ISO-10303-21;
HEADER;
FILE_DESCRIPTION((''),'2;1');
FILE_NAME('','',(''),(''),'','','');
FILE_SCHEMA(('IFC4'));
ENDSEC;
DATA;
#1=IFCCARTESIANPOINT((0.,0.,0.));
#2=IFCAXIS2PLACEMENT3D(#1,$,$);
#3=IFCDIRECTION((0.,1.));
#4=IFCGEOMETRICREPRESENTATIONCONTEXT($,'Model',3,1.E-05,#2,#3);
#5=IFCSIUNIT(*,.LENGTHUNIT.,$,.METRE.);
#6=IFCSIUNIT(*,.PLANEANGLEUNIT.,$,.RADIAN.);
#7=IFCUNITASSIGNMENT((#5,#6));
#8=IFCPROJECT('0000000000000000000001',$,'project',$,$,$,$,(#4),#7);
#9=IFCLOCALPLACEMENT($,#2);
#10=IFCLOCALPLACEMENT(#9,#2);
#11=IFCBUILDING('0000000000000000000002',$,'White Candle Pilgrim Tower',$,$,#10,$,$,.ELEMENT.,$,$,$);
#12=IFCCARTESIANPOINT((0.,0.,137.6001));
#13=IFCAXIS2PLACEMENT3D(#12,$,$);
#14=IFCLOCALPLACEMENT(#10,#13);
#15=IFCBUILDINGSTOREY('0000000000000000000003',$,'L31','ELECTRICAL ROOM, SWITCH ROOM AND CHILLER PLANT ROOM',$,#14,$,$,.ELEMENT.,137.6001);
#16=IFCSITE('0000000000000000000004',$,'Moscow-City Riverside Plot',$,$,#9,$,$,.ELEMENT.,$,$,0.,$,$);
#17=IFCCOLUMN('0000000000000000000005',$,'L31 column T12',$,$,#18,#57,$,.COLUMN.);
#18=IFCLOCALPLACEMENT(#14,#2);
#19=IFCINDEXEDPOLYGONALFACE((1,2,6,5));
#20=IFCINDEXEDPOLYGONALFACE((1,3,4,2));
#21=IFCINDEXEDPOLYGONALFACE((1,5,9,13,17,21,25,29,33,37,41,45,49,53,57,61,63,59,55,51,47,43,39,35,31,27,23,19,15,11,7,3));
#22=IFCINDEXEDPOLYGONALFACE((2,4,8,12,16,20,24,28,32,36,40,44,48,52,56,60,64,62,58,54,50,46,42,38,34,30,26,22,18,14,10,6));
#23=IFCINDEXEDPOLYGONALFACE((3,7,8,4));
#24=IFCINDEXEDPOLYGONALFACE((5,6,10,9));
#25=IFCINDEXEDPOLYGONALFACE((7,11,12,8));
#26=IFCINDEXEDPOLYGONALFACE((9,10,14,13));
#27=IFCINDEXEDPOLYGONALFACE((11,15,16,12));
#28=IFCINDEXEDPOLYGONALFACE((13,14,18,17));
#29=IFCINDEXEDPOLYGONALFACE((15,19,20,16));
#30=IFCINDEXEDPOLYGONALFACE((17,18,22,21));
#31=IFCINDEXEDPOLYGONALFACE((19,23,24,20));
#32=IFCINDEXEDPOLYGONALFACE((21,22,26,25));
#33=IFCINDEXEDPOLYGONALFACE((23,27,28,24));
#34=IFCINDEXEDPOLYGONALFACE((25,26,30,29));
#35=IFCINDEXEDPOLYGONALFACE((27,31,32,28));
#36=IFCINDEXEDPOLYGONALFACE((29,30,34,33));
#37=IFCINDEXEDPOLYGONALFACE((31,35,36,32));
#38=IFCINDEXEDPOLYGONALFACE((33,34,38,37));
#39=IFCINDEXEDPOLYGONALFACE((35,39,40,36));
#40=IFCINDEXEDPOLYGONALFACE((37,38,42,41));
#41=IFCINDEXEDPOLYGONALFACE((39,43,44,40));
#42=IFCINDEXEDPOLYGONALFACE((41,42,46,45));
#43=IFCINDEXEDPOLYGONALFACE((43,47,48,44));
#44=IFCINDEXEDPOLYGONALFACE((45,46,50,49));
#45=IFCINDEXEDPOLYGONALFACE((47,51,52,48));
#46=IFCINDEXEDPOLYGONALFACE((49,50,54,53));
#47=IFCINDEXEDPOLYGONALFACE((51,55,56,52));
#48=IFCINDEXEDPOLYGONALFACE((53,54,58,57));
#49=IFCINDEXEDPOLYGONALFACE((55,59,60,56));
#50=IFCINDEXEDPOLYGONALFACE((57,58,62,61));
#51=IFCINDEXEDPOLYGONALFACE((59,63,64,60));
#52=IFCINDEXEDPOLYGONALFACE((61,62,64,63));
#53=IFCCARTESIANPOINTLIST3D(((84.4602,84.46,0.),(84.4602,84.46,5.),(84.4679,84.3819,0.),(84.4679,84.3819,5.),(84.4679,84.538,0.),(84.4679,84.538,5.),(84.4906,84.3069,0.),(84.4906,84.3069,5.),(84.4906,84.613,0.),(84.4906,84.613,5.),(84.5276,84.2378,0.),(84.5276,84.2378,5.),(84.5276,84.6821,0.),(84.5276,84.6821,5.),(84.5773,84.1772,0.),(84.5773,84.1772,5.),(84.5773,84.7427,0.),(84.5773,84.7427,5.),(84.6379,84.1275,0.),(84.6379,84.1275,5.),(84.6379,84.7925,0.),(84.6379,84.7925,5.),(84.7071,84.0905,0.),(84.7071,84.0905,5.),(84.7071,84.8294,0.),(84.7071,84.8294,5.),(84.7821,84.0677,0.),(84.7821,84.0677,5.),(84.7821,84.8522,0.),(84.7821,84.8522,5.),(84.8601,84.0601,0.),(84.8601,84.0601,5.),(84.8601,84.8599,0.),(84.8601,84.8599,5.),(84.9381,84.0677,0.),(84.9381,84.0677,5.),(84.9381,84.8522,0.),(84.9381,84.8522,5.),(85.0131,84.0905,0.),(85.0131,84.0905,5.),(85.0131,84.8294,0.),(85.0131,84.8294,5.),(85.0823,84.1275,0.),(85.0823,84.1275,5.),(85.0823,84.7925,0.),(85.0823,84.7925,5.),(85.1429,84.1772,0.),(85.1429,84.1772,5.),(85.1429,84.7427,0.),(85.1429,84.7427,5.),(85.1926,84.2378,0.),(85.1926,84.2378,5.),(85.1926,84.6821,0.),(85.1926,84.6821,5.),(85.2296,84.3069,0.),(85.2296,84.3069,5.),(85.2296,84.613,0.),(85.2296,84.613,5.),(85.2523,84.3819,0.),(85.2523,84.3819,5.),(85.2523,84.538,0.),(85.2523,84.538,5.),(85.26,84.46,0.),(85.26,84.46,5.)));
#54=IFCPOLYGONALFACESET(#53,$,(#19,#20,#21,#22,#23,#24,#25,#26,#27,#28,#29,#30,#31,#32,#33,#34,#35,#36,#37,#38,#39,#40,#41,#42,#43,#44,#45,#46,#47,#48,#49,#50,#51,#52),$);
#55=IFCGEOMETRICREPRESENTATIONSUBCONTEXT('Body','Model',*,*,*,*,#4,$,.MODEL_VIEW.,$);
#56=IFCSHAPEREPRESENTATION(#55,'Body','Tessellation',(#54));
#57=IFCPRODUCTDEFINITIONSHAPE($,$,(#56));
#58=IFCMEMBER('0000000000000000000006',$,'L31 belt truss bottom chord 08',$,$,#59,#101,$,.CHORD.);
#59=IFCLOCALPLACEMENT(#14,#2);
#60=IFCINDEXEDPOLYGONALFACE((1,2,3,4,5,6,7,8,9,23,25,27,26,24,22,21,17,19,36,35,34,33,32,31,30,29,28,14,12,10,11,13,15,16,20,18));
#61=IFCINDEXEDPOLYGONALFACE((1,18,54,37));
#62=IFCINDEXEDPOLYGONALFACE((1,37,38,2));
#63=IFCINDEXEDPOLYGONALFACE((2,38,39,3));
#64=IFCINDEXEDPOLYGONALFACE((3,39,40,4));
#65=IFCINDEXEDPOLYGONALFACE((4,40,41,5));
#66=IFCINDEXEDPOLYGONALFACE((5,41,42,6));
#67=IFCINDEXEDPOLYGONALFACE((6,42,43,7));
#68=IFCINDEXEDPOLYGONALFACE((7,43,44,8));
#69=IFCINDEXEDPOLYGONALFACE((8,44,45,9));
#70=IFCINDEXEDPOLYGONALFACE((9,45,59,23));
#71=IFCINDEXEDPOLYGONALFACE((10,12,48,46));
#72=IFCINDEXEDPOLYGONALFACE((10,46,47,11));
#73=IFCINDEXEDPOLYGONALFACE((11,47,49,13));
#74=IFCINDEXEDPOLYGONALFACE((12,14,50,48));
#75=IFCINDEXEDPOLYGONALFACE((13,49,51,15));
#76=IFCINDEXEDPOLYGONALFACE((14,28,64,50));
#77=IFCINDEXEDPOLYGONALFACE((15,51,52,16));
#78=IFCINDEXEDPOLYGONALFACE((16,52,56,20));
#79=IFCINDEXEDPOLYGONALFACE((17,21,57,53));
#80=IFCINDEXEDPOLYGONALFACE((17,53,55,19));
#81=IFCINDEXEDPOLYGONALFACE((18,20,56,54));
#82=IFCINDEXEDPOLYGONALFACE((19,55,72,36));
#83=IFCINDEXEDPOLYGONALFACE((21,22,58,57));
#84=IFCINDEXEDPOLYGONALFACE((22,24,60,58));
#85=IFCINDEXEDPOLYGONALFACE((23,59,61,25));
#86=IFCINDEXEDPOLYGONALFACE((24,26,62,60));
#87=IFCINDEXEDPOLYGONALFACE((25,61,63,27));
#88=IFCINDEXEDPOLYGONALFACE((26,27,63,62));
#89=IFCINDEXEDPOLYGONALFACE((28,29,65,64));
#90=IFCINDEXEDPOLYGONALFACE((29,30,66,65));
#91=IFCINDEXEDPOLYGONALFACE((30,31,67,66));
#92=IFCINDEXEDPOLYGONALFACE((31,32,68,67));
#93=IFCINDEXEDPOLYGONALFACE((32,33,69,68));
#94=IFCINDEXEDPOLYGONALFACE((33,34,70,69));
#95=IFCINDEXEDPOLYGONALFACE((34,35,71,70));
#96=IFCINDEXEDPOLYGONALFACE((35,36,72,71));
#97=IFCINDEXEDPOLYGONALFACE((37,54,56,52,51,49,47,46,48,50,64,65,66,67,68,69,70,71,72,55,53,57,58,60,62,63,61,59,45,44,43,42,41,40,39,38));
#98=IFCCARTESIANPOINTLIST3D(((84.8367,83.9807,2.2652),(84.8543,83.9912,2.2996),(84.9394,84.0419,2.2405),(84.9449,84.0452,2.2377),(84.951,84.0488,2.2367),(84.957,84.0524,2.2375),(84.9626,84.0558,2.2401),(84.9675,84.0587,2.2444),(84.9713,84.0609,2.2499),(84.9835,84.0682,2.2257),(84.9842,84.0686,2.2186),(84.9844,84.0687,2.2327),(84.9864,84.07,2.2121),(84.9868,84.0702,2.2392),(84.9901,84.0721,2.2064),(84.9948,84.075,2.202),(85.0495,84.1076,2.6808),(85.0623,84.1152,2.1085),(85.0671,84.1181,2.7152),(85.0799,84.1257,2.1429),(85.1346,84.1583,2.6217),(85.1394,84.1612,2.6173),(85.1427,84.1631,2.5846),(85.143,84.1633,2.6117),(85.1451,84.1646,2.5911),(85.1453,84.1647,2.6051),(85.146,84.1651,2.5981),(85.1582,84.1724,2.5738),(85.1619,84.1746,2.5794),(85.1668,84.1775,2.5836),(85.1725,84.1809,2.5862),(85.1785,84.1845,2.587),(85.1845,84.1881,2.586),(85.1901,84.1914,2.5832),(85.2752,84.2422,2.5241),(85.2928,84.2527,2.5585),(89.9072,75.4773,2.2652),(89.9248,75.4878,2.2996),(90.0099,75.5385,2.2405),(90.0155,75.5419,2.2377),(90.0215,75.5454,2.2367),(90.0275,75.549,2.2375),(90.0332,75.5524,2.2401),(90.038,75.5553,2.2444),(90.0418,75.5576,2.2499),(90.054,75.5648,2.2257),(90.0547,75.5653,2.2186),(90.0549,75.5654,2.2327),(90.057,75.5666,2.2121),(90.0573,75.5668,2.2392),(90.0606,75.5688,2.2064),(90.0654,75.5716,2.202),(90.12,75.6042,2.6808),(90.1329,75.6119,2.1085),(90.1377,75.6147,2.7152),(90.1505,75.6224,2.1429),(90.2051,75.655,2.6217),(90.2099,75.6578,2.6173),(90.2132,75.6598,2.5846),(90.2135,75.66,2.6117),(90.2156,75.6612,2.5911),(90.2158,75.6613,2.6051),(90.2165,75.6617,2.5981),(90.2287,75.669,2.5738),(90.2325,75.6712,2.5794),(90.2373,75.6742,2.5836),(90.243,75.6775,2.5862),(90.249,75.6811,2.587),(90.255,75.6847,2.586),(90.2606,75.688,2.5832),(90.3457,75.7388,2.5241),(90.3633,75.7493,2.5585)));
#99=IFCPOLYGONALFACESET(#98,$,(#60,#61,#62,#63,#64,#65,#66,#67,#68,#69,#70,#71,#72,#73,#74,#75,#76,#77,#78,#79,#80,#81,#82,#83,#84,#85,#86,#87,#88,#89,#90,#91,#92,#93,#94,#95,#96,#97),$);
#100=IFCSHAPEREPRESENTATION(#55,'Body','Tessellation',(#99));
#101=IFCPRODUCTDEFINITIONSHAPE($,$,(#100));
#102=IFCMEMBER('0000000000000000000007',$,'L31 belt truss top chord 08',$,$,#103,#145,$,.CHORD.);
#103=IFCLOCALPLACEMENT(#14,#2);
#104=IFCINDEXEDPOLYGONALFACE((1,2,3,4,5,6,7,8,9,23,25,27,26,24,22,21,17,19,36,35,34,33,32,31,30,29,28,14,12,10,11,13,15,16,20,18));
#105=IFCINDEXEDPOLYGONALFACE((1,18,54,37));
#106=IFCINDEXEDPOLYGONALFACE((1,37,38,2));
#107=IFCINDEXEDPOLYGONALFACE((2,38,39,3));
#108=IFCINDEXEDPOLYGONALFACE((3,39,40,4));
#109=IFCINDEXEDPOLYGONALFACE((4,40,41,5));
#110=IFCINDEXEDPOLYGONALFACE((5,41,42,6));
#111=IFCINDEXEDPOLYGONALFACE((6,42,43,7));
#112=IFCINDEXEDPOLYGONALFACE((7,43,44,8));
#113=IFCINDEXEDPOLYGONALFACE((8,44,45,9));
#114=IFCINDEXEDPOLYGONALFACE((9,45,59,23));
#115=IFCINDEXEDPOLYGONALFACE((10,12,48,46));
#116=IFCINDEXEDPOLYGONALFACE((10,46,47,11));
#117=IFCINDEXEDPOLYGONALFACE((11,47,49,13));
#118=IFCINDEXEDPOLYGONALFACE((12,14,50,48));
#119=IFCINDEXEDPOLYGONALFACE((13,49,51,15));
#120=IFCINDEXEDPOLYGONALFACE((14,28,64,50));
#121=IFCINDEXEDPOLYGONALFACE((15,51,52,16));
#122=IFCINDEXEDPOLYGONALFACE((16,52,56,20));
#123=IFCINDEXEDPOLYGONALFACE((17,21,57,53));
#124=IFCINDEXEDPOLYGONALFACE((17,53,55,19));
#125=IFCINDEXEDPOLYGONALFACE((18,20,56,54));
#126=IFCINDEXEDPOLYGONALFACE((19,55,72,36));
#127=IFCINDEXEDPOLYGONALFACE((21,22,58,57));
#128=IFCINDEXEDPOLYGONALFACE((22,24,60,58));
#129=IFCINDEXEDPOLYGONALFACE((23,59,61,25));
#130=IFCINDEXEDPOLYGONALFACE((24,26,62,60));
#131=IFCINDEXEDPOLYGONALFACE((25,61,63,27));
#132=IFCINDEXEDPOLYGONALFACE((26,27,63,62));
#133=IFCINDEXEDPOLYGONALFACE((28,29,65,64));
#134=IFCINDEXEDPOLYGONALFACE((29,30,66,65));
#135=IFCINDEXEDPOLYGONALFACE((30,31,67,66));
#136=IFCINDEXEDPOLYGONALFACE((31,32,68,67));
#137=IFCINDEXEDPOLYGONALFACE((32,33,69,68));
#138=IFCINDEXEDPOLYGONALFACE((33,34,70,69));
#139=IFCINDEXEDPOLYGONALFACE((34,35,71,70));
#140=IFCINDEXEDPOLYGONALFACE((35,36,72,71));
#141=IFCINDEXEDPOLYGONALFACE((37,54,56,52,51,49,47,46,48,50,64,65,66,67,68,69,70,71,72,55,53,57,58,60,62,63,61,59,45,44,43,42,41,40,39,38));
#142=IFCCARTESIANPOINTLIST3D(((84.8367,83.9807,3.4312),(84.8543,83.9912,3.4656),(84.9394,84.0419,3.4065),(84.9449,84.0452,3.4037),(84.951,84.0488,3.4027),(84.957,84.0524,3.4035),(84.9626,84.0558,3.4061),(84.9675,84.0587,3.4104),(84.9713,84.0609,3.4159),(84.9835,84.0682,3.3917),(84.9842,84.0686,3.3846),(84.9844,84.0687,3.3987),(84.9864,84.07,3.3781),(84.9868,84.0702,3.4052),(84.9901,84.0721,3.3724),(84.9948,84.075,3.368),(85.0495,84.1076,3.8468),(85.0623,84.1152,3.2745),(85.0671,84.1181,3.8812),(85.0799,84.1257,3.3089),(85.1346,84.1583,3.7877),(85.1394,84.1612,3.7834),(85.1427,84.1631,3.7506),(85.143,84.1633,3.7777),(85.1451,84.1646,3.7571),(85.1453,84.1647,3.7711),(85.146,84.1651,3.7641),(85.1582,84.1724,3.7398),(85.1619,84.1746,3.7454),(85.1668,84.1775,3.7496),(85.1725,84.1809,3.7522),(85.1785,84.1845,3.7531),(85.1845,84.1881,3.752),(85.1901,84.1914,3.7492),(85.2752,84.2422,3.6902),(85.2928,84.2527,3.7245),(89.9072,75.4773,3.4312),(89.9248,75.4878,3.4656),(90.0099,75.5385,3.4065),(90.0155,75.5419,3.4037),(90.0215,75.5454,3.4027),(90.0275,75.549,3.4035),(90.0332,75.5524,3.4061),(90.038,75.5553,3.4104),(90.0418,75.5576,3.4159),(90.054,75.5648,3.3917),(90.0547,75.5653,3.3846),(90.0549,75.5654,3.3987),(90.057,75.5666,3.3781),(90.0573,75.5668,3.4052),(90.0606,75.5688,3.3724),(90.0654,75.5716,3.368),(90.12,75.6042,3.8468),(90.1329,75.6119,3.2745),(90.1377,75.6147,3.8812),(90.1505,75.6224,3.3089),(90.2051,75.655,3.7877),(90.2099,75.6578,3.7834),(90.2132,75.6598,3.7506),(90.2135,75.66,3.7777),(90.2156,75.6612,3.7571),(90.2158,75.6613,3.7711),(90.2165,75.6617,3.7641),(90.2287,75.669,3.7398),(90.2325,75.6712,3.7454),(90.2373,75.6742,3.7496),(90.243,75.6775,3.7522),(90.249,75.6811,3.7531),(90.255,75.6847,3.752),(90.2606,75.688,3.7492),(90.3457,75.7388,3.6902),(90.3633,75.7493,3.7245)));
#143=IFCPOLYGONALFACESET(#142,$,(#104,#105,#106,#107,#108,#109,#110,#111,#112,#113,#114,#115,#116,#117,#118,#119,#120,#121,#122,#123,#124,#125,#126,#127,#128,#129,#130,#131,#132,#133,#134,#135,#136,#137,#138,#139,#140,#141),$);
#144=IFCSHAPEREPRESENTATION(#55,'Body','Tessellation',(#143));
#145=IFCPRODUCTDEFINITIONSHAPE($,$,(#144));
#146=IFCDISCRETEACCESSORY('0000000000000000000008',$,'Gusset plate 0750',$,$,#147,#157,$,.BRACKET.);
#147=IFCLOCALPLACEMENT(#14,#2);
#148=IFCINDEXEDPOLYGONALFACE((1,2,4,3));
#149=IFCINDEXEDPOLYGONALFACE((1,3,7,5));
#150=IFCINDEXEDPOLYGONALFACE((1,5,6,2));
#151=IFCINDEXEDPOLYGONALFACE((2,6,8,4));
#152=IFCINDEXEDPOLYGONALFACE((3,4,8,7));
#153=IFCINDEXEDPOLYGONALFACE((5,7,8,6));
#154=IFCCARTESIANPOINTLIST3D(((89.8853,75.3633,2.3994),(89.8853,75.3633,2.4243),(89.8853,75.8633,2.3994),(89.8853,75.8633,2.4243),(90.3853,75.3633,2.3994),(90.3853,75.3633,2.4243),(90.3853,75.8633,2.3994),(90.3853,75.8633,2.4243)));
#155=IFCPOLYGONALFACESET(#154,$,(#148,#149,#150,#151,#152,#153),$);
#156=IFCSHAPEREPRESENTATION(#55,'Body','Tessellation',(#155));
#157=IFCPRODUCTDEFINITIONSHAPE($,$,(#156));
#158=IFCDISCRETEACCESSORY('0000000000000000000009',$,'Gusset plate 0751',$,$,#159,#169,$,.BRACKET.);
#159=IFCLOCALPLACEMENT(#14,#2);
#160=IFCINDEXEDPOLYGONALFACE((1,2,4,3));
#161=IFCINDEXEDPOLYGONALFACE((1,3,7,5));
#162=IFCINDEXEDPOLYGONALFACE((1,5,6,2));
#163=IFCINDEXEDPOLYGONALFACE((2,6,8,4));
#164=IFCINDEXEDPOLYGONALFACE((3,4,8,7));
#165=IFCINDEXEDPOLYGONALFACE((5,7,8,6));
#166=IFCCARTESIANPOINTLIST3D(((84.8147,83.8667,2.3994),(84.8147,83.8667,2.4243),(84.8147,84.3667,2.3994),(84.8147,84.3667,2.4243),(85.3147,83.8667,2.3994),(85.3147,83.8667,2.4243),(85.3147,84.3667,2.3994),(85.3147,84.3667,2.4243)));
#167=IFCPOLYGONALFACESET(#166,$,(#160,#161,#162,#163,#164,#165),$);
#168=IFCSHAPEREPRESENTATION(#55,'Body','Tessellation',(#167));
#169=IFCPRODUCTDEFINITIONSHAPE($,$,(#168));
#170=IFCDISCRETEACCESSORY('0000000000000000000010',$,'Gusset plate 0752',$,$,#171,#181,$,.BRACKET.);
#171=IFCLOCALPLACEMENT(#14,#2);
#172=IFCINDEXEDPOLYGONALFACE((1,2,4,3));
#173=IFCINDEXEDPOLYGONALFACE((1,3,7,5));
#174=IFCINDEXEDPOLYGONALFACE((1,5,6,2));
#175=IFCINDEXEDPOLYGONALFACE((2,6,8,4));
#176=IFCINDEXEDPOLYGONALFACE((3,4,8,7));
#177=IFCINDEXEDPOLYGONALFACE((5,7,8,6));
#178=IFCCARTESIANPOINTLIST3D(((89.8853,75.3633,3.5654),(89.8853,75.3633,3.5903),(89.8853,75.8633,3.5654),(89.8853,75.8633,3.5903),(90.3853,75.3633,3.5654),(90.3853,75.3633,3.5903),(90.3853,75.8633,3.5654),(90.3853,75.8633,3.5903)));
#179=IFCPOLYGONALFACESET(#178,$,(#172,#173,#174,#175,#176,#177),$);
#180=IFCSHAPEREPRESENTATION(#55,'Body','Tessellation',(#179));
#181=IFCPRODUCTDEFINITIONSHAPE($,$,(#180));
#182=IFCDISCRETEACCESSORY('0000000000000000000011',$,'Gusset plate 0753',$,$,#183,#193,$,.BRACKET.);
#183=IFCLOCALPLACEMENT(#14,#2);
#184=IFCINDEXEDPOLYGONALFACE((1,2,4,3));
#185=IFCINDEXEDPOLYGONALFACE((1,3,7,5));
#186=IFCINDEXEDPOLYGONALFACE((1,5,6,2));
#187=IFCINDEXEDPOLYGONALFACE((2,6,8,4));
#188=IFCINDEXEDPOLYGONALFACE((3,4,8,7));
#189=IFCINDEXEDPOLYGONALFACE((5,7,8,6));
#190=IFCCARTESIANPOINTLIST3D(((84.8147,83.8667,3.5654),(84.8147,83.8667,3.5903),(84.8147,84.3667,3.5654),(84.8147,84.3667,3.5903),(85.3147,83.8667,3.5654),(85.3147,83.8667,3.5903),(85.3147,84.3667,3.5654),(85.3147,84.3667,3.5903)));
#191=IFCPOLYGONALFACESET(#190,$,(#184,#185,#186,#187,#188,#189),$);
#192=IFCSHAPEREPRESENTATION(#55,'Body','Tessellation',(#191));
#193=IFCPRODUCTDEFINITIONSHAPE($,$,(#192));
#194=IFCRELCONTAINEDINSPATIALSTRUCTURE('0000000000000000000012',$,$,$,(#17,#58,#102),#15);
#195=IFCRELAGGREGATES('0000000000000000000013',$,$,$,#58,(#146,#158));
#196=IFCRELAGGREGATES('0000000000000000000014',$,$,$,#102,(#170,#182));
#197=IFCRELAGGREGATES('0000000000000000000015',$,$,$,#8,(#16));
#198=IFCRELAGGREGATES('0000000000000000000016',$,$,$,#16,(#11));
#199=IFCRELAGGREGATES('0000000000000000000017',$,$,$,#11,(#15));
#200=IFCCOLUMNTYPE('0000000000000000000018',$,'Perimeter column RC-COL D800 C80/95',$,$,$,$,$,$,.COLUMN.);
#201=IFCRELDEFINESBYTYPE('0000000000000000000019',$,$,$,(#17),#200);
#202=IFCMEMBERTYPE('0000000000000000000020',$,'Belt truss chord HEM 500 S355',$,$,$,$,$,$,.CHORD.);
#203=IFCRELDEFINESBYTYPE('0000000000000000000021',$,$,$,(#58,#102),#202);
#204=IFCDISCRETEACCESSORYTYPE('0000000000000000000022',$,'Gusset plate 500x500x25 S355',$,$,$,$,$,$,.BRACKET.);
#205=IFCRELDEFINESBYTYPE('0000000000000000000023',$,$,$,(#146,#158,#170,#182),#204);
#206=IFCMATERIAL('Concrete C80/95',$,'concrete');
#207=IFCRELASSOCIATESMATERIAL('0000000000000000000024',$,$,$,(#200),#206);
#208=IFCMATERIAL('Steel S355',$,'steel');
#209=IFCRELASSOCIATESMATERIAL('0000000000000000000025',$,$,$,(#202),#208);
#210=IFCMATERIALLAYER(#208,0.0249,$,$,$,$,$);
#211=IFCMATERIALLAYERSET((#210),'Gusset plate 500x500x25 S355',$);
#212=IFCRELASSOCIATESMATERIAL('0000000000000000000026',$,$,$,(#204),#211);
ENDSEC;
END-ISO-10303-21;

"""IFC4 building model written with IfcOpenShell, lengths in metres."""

from ifc_helpers import new_model, si_unit, direction, frame, origin, origin_2d, place, context, subcontext, project, spatial, rectangle, circle, i_section, extrude, material, layer, layer_set, material_profile, profile_set, type_object, element, aggregate, save


model = new_model("IFC4")

# Units and contexts
model_context = context("Model", 3, precision=1e-05, world=origin(), true_north=direction((0.0, 1.0)))
body_context = subcontext(model_context, "Body", "Model", "MODEL_VIEW")
ifc_project = project(units=[si_unit("LENGTHUNIT", "METRE"), si_unit("PLANEANGLEUNIT", "RADIAN")], contexts=[model_context])

# Site, building, storey
site_placement = place(None, origin())
site = spatial("IfcSite", under=ifc_project, at=site_placement, Name="Moscow-City Riverside Plot", CompositionType="ELEMENT", RefElevation=0.0)
building_placement = place(site_placement, origin())
building = spatial("IfcBuilding", under=site, at=building_placement, Name="White Candle Pilgrim Tower", CompositionType="ELEMENT")
storey_placement = place(building_placement, frame((0.0, 0.0, 137.6001)))
storey = spatial("IfcBuildingStorey", under=building, at=storey_placement, Name="L31", Description="ELECTRICAL ROOM, SWITCH ROOM AND CHILLER PLANT ROOM", CompositionType="ELEMENT", Elevation=137.6001)

# Column
ifc_material_1 = material(Name="Concrete C80/95", Category="concrete")
ifc_material_profile_1 = material_profile(ifc_material_1, circle(Radius=0.3999, at=origin_2d()), Name="RC-COL D800")
ifc_profile_set_1 = profile_set([ifc_material_profile_1], Name="Concrete C80/95")
column_type = type_object("IfcColumnType", Name="Perimeter column RC-COL D800 C80/95", PredefinedType="COLUMN", material=ifc_profile_set_1)
column_placement = place(storey_placement, frame((84.8601, 84.46, 0.0), z_axis=(0.0, 0.0, 1.0), x_axis=(1.0, 0.0, 0.0)))
element("IfcColumn", 1, at=column_placement, inside=storey, type_object=column_type, Name="L31 column T12", PredefinedType="COLUMN", context=body_context, shape_type="SweptSolid", body=[
    extrude(circle(Radius=0.3999, at=origin_2d()), origin(), (0.0, 0.0, 1.0), 5.0),
])

# Members
ifc_material_2 = material(Name="Steel S355", Category="steel")
ifc_material_profile_2 = material_profile(ifc_material_2, i_section(OverallWidth=0.3059, OverallDepth=0.5239, WebThickness=0.021, FlangeThickness=0.04, FilletRadius=0.0271, at=origin_2d()), Name="HEM 500")
ifc_profile_set_2 = profile_set([ifc_material_profile_2], Name="Steel S355")
member_type_1 = type_object("IfcMemberType", Name="Belt truss chord HEM 500 S355", PredefinedType="CHORD", material=ifc_profile_set_2)
member_1_placement = place(storey_placement, frame((90.1353, 75.6133, 2.4119), z_axis=(-0.512155, 0.858893, 0.0), x_axis=(0.737698, 0.439887, -0.512153)))
member_1 = element("IfcMember", 2, at=member_1_placement, inside=storey, type_object=member_type_1, Name="L31 belt truss bottom chord 08", PredefinedType="CHORD", context=body_context, shape_type="SweptSolid", body=[
    extrude(i_section(OverallWidth=0.3059, OverallDepth=0.5239, WebThickness=0.021, FlangeThickness=0.04, FilletRadius=0.0271, at=origin_2d()), origin(), (0.0, 0.0, 1.0), 9.9004),
])
member_2_placement = place(storey_placement, frame((90.1353, 75.6133, 3.5779), z_axis=(-0.512155, 0.858893, 0.0), x_axis=(0.737698, 0.439887, -0.512153)))
member_2 = element("IfcMember", 3, at=member_2_placement, inside=storey, type_object=member_type_1, Name="L31 belt truss top chord 08", PredefinedType="CHORD", context=body_context, shape_type="SweptSolid", body=[
    extrude(i_section(OverallWidth=0.3059, OverallDepth=0.5239, WebThickness=0.021, FlangeThickness=0.04, FilletRadius=0.0271, at=origin_2d()), origin(), (0.0, 0.0, 1.0), 9.9004),
])

# Discrete accessories
ifc_layer_1 = layer(ifc_material_2, 0.0249)
ifc_layer_set_1 = layer_set([ifc_layer_1], Name="Gusset plate 500x500x25 S355")
discrete_accessory_type_1 = type_object("IfcDiscreteAccessoryType", Name="Gusset plate 500x500x25 S355", PredefinedType="BRACKET", material=ifc_layer_set_1)
discrete_accessory_1_placement = place(storey_placement, frame((90.1353, 75.6133, 2.3994), z_axis=(0.0, 0.0, 1.0), x_axis=(1.0, 0.0, 0.0)))
discrete_accessory_1 = element("IfcDiscreteAccessory", 4, at=discrete_accessory_1_placement, type_object=discrete_accessory_type_1, Name="Gusset plate 0750", PredefinedType="BRACKET", context=body_context, shape_type="SweptSolid", body=[
    extrude(rectangle(XDim=0.5, YDim=0.5, at=origin_2d()), origin(), (0.0, 0.0, 1.0), 0.0249),
])
discrete_accessory_2_placement = place(storey_placement, frame((85.0647, 84.1167, 2.3994), z_axis=(0.0, 0.0, 1.0), x_axis=(1.0, 0.0, 0.0)))
discrete_accessory_2 = element("IfcDiscreteAccessory", 5, at=discrete_accessory_2_placement, type_object=discrete_accessory_type_1, Name="Gusset plate 0751", PredefinedType="BRACKET", context=body_context, shape_type="SweptSolid", body=[
    extrude(rectangle(XDim=0.5, YDim=0.5, at=origin_2d()), origin(), (0.0, 0.0, 1.0), 0.0249),
])
aggregate(member_1, [discrete_accessory_1, discrete_accessory_2])
discrete_accessory_3_placement = place(storey_placement, frame((90.1353, 75.6133, 3.5654), z_axis=(0.0, 0.0, 1.0), x_axis=(1.0, 0.0, 0.0)))
discrete_accessory_3 = element("IfcDiscreteAccessory", 6, at=discrete_accessory_3_placement, type_object=discrete_accessory_type_1, Name="Gusset plate 0752", PredefinedType="BRACKET", context=body_context, shape_type="SweptSolid", body=[
    extrude(rectangle(XDim=0.5, YDim=0.5, at=origin_2d()), origin(), (0.0, 0.0, 1.0), 0.0249),
])
discrete_accessory_4_placement = place(storey_placement, frame((85.0647, 84.1167, 3.5654), z_axis=(0.0, 0.0, 1.0), x_axis=(1.0, 0.0, 0.0)))
discrete_accessory_4 = element("IfcDiscreteAccessory", 7, at=discrete_accessory_4_placement, type_object=discrete_accessory_type_1, Name="Gusset plate 0753", PredefinedType="BRACKET", context=body_context, shape_type="SweptSolid", body=[
    extrude(rectangle(XDim=0.5, YDim=0.5, at=origin_2d()), origin(), (0.0, 0.0, 1.0), 0.0249),
])
aggregate(member_2, [discrete_accessory_3, discrete_accessory_4])

save(model, "model.ifc")
